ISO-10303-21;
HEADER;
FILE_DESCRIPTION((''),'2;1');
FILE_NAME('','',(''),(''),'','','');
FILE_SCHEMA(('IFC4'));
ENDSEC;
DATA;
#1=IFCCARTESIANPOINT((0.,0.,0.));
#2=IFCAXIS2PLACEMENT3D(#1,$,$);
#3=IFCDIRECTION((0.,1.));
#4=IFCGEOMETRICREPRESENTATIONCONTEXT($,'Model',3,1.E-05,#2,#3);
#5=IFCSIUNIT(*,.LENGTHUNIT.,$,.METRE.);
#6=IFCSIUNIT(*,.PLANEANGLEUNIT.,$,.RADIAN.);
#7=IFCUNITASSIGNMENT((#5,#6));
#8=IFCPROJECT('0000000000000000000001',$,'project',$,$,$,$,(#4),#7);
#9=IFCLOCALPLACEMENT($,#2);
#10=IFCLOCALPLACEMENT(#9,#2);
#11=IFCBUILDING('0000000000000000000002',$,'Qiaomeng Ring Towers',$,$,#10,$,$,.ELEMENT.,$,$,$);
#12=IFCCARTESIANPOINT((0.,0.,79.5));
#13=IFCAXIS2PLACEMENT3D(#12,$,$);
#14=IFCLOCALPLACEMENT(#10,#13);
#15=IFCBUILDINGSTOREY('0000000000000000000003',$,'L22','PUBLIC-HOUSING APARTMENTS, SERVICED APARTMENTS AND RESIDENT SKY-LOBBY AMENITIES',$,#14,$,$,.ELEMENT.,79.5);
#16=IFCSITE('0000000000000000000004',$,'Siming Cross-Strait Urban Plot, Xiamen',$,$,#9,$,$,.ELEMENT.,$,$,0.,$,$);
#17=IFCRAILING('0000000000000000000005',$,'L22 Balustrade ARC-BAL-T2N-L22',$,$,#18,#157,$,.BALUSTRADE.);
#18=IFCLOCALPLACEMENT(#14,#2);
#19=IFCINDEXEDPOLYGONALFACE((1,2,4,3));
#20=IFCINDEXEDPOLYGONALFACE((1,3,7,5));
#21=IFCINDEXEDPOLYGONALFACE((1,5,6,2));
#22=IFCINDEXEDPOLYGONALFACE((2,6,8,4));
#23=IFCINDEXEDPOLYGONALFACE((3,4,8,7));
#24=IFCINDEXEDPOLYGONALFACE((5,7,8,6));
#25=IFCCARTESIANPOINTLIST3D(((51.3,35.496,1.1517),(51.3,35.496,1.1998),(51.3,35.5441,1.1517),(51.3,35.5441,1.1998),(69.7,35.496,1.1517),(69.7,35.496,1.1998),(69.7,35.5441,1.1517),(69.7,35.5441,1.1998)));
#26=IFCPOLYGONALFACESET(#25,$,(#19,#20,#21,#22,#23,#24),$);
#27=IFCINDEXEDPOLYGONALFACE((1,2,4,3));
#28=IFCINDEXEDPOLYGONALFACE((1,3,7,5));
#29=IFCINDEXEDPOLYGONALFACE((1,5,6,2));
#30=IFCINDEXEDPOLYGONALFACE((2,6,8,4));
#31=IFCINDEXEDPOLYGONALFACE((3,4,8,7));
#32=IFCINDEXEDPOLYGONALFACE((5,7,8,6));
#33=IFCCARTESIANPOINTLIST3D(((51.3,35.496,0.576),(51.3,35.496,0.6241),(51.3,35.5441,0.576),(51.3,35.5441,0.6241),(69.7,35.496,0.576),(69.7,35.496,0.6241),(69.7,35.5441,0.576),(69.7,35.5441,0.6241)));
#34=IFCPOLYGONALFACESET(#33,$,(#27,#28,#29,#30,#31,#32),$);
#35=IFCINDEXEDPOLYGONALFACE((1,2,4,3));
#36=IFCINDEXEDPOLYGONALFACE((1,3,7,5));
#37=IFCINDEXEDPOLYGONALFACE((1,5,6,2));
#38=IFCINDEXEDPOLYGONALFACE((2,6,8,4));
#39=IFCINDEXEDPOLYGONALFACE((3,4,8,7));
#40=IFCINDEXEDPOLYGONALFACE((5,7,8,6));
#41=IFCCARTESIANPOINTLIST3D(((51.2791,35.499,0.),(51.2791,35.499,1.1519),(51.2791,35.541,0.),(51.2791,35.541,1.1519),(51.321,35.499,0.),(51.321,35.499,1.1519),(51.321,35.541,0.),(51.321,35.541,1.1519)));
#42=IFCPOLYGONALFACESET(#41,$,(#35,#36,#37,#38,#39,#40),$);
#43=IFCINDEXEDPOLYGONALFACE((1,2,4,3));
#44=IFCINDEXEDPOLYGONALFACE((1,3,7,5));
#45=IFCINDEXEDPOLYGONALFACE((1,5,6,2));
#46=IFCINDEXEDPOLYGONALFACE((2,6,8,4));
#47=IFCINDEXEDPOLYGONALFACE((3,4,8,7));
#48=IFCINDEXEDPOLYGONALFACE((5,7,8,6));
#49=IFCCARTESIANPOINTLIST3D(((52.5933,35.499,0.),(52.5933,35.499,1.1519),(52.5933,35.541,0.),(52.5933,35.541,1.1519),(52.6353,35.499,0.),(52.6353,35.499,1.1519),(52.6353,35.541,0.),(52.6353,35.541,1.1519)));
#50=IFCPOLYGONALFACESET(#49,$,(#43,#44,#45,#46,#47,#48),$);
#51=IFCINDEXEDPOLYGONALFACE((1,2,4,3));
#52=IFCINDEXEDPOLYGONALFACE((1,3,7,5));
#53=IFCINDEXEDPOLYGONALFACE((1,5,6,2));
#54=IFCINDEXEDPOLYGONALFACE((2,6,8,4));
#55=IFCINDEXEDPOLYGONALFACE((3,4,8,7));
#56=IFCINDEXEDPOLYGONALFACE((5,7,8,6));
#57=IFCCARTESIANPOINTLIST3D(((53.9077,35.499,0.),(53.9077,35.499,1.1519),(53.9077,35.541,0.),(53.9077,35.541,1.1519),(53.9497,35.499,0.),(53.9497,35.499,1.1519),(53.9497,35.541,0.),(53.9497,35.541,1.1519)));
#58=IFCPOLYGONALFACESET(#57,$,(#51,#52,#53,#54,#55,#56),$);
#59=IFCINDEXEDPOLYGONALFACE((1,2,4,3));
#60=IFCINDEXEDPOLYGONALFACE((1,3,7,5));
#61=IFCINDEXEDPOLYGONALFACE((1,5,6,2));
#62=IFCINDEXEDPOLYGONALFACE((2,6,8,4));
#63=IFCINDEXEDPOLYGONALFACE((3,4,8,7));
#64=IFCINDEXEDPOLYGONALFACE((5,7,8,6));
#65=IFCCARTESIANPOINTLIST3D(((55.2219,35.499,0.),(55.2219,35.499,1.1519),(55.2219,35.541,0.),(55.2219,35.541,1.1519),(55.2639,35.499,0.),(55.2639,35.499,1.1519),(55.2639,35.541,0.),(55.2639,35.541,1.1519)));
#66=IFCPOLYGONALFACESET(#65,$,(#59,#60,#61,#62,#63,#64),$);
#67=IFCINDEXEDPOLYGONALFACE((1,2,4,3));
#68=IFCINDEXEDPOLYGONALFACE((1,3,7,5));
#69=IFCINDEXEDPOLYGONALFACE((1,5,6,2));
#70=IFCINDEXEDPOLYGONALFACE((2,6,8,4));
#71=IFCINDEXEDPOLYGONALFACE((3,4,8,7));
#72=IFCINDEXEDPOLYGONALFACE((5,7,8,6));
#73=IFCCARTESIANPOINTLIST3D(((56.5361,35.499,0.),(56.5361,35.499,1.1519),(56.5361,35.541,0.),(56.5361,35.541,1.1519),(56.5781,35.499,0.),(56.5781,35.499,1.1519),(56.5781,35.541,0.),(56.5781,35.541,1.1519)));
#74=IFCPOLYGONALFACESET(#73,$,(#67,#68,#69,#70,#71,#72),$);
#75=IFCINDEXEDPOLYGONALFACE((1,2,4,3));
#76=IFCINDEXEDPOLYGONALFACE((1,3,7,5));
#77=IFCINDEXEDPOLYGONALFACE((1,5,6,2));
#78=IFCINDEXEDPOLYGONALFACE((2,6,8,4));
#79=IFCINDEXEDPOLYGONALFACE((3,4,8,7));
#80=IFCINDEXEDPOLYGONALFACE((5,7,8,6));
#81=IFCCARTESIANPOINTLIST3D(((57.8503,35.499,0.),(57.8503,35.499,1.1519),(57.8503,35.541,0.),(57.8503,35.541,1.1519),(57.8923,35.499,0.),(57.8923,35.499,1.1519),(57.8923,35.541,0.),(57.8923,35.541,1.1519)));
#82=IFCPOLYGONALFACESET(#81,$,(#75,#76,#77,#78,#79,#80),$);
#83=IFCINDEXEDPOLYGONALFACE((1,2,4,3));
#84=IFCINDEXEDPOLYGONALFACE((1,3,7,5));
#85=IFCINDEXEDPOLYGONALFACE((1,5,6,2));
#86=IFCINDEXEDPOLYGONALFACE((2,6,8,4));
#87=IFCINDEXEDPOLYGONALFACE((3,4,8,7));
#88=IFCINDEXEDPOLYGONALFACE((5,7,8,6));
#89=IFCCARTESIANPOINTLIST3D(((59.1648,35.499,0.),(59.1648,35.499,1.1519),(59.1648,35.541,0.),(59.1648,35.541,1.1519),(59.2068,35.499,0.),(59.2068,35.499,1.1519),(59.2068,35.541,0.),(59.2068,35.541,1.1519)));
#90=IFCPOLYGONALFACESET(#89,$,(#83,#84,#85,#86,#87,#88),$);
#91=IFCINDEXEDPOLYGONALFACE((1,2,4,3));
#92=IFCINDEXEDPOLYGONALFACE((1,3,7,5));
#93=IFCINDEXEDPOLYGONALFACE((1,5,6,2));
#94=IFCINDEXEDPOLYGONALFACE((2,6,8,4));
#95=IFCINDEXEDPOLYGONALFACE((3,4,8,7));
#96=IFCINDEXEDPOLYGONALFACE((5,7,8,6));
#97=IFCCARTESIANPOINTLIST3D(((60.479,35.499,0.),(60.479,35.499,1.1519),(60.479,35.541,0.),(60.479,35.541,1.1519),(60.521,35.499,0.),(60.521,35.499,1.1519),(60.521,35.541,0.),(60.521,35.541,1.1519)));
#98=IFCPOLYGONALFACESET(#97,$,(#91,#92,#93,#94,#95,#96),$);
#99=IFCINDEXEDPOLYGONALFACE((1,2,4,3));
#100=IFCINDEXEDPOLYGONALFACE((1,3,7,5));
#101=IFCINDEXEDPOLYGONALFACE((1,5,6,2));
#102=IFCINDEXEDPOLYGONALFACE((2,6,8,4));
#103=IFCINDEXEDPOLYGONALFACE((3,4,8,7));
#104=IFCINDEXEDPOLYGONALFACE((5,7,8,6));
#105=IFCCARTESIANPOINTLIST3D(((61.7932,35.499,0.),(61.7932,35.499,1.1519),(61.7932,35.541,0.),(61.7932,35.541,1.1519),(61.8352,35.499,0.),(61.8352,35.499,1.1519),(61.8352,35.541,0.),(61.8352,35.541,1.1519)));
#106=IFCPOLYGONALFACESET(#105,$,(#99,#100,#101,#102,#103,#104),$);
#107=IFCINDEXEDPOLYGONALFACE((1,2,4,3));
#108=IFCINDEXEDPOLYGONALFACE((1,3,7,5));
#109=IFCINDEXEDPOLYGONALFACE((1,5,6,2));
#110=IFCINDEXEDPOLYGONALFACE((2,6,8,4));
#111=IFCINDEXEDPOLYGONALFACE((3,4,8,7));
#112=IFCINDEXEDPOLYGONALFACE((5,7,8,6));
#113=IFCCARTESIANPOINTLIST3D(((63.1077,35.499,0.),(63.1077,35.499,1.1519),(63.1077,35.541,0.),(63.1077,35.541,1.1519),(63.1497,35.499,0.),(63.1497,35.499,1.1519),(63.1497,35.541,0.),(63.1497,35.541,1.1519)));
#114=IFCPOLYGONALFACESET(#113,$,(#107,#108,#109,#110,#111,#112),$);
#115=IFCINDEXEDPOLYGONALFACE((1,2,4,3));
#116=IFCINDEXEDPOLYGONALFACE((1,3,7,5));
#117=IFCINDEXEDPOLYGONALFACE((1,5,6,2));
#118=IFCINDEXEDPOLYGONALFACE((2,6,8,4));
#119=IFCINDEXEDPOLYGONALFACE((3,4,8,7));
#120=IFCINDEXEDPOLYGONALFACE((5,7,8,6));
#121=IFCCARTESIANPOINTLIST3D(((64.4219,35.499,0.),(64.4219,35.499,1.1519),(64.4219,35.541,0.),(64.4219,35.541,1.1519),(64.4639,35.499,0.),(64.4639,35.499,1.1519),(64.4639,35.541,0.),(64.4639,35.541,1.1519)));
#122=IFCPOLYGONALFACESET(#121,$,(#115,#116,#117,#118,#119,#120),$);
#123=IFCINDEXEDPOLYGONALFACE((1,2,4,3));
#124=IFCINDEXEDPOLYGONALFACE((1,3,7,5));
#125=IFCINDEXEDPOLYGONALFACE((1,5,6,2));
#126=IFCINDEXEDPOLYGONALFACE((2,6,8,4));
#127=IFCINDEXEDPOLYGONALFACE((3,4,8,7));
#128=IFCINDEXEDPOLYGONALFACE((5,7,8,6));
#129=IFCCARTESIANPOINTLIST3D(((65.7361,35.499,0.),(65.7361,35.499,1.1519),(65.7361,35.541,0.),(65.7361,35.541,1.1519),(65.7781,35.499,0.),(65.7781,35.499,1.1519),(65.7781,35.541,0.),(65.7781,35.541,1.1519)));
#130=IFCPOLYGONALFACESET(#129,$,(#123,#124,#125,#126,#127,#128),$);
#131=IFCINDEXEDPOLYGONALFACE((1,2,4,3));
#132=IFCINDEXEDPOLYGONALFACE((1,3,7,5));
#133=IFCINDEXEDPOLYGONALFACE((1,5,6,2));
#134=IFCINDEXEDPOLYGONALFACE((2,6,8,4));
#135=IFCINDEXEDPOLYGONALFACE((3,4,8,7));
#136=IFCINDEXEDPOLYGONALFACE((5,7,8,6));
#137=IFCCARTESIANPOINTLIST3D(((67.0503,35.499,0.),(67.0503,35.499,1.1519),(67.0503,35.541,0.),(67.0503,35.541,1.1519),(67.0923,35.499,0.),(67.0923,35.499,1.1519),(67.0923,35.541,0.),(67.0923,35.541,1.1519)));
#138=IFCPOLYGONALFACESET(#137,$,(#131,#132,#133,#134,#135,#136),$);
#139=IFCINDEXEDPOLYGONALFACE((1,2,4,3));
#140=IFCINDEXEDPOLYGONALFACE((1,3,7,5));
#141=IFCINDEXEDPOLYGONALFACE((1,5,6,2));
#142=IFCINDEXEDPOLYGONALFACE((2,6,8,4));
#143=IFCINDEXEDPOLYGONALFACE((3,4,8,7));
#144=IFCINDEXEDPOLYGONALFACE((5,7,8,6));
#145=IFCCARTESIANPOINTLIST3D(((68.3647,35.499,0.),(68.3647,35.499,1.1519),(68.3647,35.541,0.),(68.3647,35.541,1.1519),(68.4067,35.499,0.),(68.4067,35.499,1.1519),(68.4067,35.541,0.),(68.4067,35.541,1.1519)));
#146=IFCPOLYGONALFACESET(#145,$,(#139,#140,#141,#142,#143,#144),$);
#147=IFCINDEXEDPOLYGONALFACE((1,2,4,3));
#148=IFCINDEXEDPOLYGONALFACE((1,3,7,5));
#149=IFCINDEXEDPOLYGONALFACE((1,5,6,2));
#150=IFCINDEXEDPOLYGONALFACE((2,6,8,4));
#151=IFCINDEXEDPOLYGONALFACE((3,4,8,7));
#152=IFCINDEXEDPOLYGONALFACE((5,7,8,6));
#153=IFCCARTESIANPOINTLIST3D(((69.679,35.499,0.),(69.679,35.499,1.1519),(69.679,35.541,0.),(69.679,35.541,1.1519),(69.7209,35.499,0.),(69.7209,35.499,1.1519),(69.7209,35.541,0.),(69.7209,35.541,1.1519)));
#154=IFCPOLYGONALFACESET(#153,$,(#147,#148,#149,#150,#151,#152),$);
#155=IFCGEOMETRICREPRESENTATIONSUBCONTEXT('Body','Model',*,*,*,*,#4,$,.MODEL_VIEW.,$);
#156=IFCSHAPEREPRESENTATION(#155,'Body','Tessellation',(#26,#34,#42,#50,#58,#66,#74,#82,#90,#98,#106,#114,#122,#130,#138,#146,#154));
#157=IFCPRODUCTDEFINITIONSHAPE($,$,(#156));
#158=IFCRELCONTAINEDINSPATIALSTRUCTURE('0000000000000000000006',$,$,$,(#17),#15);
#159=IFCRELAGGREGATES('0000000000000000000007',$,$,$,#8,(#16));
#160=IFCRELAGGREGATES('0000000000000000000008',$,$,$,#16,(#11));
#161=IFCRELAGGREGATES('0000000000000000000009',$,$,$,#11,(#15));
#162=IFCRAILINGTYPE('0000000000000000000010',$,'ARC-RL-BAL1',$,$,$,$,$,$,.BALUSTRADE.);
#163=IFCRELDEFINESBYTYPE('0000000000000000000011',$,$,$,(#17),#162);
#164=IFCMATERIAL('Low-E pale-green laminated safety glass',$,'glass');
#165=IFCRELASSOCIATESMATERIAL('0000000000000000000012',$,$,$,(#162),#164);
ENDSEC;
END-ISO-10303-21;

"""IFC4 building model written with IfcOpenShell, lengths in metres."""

from ifc_helpers import new_model, si_unit, direction, frame, origin, origin_2d, place, context, subcontext, project, spatial, rectangle, extrude, material, type_object, element, save


model = new_model("IFC4")

# Units and contexts
model_context = context("Model", 3, precision=1e-05, world=origin(), true_north=direction((0.0, 1.0)))
body_context = subcontext(model_context, "Body", "Model", "MODEL_VIEW")
ifc_project = project(units=[si_unit("LENGTHUNIT", "METRE"), si_unit("PLANEANGLEUNIT", "RADIAN")], contexts=[model_context])

# Site, building, storey
site_placement = place(None, origin())
site = spatial("IfcSite", under=ifc_project, at=site_placement, Name="Siming Cross-Strait Urban Plot, Xiamen", CompositionType="ELEMENT", RefElevation=0.0)
building_placement = place(site_placement, origin())
building = spatial("IfcBuilding", under=site, at=building_placement, Name="Qiaomeng Ring Towers", CompositionType="ELEMENT")
storey_placement = place(building_placement, frame((0.0, 0.0, 79.5)))
storey = spatial("IfcBuildingStorey", under=building, at=storey_placement, Name="L22", Description="PUBLIC-HOUSING APARTMENTS, SERVICED APARTMENTS AND RESIDENT SKY-LOBBY AMENITIES", CompositionType="ELEMENT", Elevation=79.5)

# Railing
ifc_material_1 = material(Name="Low-E pale-green laminated safety glass", Category="glass")
railing_type = type_object("IfcRailingType", Name="ARC-RL-BAL1", PredefinedType="BALUSTRADE", material=ifc_material_1)
railing_1_placement = place(storey_placement, frame((51.3, 35.52, 0.0)))
element("IfcRailing", 1, at=railing_1_placement, inside=storey, type_object=railing_type, Name="L22 Balustrade ARC-BAL-T2N-L22", PredefinedType="BALUSTRADE", context=body_context, shape_type="SweptSolid", body=[
    extrude(rectangle(XDim=0.0481, YDim=0.0481, at=origin_2d()), frame((0.0, 0.0, 1.1758), z_axis=(1.0, 0.0, 0.0), x_axis=(0.0, 1.0, 0.0)), (0.0, 0.0, 1.0), 18.3999),
    extrude(rectangle(XDim=0.0481, YDim=0.0481, at=origin_2d()), frame((0.0, 0.0, 0.6001), z_axis=(1.0, 0.0, 0.0), x_axis=(0.0, 1.0, 0.0)), (0.0, 0.0, 1.0), 18.3999),
    extrude(rectangle(XDim=0.042, YDim=0.042, at=origin_2d()), origin(), (0.0, 0.0, 1.0), 1.1519),
    extrude(rectangle(XDim=0.042, YDim=0.042, at=origin_2d()), frame((1.3142, 0.0, 0.0)), (0.0, 0.0, 1.0), 1.1519),
    extrude(rectangle(XDim=0.042, YDim=0.042, at=origin_2d()), frame((2.6287, 0.0, 0.0)), (0.0, 0.0, 1.0), 1.1519),
    extrude(rectangle(XDim=0.042, YDim=0.042, at=origin_2d()), frame((3.9429, 0.0, 0.0)), (0.0, 0.0, 1.0), 1.1519),
    extrude(rectangle(XDim=0.042, YDim=0.042, at=origin_2d()), frame((5.2571, 0.0, 0.0)), (0.0, 0.0, 1.0), 1.1519),
    extrude(rectangle(XDim=0.042, YDim=0.042, at=origin_2d()), frame((6.5713, 0.0, 0.0)), (0.0, 0.0, 1.0), 1.1519),
    extrude(rectangle(XDim=0.042, YDim=0.042, at=origin_2d()), frame((7.8857, 0.0, 0.0)), (0.0, 0.0, 1.0), 1.1519),
    extrude(rectangle(XDim=0.042, YDim=0.042, at=origin_2d()), frame((9.2, 0.0, 0.0)), (0.0, 0.0, 1.0), 1.1519),
    extrude(rectangle(XDim=0.042, YDim=0.042, at=origin_2d()), frame((10.5142, 0.0, 0.0)), (0.0, 0.0, 1.0), 1.1519),
    extrude(rectangle(XDim=0.042, YDim=0.042, at=origin_2d()), frame((11.8286, 0.0, 0.0)), (0.0, 0.0, 1.0), 1.1519),
    extrude(rectangle(XDim=0.042, YDim=0.042, at=origin_2d()), frame((13.1428, 0.0, 0.0)), (0.0, 0.0, 1.0), 1.1519),
    extrude(rectangle(XDim=0.042, YDim=0.042, at=origin_2d()), frame((14.457, 0.0, 0.0)), (0.0, 0.0, 1.0), 1.1519),
    extrude(rectangle(XDim=0.042, YDim=0.042, at=origin_2d()), frame((15.7712, 0.0, 0.0)), (0.0, 0.0, 1.0), 1.1519),
    extrude(rectangle(XDim=0.042, YDim=0.042, at=origin_2d()), frame((17.0857, 0.0, 0.0)), (0.0, 0.0, 1.0), 1.1519),
    extrude(rectangle(XDim=0.042, YDim=0.042, at=origin_2d()), frame((18.3999, 0.0, 0.0)), (0.0, 0.0, 1.0), 1.1519),
])

save(model, "model.ifc")
